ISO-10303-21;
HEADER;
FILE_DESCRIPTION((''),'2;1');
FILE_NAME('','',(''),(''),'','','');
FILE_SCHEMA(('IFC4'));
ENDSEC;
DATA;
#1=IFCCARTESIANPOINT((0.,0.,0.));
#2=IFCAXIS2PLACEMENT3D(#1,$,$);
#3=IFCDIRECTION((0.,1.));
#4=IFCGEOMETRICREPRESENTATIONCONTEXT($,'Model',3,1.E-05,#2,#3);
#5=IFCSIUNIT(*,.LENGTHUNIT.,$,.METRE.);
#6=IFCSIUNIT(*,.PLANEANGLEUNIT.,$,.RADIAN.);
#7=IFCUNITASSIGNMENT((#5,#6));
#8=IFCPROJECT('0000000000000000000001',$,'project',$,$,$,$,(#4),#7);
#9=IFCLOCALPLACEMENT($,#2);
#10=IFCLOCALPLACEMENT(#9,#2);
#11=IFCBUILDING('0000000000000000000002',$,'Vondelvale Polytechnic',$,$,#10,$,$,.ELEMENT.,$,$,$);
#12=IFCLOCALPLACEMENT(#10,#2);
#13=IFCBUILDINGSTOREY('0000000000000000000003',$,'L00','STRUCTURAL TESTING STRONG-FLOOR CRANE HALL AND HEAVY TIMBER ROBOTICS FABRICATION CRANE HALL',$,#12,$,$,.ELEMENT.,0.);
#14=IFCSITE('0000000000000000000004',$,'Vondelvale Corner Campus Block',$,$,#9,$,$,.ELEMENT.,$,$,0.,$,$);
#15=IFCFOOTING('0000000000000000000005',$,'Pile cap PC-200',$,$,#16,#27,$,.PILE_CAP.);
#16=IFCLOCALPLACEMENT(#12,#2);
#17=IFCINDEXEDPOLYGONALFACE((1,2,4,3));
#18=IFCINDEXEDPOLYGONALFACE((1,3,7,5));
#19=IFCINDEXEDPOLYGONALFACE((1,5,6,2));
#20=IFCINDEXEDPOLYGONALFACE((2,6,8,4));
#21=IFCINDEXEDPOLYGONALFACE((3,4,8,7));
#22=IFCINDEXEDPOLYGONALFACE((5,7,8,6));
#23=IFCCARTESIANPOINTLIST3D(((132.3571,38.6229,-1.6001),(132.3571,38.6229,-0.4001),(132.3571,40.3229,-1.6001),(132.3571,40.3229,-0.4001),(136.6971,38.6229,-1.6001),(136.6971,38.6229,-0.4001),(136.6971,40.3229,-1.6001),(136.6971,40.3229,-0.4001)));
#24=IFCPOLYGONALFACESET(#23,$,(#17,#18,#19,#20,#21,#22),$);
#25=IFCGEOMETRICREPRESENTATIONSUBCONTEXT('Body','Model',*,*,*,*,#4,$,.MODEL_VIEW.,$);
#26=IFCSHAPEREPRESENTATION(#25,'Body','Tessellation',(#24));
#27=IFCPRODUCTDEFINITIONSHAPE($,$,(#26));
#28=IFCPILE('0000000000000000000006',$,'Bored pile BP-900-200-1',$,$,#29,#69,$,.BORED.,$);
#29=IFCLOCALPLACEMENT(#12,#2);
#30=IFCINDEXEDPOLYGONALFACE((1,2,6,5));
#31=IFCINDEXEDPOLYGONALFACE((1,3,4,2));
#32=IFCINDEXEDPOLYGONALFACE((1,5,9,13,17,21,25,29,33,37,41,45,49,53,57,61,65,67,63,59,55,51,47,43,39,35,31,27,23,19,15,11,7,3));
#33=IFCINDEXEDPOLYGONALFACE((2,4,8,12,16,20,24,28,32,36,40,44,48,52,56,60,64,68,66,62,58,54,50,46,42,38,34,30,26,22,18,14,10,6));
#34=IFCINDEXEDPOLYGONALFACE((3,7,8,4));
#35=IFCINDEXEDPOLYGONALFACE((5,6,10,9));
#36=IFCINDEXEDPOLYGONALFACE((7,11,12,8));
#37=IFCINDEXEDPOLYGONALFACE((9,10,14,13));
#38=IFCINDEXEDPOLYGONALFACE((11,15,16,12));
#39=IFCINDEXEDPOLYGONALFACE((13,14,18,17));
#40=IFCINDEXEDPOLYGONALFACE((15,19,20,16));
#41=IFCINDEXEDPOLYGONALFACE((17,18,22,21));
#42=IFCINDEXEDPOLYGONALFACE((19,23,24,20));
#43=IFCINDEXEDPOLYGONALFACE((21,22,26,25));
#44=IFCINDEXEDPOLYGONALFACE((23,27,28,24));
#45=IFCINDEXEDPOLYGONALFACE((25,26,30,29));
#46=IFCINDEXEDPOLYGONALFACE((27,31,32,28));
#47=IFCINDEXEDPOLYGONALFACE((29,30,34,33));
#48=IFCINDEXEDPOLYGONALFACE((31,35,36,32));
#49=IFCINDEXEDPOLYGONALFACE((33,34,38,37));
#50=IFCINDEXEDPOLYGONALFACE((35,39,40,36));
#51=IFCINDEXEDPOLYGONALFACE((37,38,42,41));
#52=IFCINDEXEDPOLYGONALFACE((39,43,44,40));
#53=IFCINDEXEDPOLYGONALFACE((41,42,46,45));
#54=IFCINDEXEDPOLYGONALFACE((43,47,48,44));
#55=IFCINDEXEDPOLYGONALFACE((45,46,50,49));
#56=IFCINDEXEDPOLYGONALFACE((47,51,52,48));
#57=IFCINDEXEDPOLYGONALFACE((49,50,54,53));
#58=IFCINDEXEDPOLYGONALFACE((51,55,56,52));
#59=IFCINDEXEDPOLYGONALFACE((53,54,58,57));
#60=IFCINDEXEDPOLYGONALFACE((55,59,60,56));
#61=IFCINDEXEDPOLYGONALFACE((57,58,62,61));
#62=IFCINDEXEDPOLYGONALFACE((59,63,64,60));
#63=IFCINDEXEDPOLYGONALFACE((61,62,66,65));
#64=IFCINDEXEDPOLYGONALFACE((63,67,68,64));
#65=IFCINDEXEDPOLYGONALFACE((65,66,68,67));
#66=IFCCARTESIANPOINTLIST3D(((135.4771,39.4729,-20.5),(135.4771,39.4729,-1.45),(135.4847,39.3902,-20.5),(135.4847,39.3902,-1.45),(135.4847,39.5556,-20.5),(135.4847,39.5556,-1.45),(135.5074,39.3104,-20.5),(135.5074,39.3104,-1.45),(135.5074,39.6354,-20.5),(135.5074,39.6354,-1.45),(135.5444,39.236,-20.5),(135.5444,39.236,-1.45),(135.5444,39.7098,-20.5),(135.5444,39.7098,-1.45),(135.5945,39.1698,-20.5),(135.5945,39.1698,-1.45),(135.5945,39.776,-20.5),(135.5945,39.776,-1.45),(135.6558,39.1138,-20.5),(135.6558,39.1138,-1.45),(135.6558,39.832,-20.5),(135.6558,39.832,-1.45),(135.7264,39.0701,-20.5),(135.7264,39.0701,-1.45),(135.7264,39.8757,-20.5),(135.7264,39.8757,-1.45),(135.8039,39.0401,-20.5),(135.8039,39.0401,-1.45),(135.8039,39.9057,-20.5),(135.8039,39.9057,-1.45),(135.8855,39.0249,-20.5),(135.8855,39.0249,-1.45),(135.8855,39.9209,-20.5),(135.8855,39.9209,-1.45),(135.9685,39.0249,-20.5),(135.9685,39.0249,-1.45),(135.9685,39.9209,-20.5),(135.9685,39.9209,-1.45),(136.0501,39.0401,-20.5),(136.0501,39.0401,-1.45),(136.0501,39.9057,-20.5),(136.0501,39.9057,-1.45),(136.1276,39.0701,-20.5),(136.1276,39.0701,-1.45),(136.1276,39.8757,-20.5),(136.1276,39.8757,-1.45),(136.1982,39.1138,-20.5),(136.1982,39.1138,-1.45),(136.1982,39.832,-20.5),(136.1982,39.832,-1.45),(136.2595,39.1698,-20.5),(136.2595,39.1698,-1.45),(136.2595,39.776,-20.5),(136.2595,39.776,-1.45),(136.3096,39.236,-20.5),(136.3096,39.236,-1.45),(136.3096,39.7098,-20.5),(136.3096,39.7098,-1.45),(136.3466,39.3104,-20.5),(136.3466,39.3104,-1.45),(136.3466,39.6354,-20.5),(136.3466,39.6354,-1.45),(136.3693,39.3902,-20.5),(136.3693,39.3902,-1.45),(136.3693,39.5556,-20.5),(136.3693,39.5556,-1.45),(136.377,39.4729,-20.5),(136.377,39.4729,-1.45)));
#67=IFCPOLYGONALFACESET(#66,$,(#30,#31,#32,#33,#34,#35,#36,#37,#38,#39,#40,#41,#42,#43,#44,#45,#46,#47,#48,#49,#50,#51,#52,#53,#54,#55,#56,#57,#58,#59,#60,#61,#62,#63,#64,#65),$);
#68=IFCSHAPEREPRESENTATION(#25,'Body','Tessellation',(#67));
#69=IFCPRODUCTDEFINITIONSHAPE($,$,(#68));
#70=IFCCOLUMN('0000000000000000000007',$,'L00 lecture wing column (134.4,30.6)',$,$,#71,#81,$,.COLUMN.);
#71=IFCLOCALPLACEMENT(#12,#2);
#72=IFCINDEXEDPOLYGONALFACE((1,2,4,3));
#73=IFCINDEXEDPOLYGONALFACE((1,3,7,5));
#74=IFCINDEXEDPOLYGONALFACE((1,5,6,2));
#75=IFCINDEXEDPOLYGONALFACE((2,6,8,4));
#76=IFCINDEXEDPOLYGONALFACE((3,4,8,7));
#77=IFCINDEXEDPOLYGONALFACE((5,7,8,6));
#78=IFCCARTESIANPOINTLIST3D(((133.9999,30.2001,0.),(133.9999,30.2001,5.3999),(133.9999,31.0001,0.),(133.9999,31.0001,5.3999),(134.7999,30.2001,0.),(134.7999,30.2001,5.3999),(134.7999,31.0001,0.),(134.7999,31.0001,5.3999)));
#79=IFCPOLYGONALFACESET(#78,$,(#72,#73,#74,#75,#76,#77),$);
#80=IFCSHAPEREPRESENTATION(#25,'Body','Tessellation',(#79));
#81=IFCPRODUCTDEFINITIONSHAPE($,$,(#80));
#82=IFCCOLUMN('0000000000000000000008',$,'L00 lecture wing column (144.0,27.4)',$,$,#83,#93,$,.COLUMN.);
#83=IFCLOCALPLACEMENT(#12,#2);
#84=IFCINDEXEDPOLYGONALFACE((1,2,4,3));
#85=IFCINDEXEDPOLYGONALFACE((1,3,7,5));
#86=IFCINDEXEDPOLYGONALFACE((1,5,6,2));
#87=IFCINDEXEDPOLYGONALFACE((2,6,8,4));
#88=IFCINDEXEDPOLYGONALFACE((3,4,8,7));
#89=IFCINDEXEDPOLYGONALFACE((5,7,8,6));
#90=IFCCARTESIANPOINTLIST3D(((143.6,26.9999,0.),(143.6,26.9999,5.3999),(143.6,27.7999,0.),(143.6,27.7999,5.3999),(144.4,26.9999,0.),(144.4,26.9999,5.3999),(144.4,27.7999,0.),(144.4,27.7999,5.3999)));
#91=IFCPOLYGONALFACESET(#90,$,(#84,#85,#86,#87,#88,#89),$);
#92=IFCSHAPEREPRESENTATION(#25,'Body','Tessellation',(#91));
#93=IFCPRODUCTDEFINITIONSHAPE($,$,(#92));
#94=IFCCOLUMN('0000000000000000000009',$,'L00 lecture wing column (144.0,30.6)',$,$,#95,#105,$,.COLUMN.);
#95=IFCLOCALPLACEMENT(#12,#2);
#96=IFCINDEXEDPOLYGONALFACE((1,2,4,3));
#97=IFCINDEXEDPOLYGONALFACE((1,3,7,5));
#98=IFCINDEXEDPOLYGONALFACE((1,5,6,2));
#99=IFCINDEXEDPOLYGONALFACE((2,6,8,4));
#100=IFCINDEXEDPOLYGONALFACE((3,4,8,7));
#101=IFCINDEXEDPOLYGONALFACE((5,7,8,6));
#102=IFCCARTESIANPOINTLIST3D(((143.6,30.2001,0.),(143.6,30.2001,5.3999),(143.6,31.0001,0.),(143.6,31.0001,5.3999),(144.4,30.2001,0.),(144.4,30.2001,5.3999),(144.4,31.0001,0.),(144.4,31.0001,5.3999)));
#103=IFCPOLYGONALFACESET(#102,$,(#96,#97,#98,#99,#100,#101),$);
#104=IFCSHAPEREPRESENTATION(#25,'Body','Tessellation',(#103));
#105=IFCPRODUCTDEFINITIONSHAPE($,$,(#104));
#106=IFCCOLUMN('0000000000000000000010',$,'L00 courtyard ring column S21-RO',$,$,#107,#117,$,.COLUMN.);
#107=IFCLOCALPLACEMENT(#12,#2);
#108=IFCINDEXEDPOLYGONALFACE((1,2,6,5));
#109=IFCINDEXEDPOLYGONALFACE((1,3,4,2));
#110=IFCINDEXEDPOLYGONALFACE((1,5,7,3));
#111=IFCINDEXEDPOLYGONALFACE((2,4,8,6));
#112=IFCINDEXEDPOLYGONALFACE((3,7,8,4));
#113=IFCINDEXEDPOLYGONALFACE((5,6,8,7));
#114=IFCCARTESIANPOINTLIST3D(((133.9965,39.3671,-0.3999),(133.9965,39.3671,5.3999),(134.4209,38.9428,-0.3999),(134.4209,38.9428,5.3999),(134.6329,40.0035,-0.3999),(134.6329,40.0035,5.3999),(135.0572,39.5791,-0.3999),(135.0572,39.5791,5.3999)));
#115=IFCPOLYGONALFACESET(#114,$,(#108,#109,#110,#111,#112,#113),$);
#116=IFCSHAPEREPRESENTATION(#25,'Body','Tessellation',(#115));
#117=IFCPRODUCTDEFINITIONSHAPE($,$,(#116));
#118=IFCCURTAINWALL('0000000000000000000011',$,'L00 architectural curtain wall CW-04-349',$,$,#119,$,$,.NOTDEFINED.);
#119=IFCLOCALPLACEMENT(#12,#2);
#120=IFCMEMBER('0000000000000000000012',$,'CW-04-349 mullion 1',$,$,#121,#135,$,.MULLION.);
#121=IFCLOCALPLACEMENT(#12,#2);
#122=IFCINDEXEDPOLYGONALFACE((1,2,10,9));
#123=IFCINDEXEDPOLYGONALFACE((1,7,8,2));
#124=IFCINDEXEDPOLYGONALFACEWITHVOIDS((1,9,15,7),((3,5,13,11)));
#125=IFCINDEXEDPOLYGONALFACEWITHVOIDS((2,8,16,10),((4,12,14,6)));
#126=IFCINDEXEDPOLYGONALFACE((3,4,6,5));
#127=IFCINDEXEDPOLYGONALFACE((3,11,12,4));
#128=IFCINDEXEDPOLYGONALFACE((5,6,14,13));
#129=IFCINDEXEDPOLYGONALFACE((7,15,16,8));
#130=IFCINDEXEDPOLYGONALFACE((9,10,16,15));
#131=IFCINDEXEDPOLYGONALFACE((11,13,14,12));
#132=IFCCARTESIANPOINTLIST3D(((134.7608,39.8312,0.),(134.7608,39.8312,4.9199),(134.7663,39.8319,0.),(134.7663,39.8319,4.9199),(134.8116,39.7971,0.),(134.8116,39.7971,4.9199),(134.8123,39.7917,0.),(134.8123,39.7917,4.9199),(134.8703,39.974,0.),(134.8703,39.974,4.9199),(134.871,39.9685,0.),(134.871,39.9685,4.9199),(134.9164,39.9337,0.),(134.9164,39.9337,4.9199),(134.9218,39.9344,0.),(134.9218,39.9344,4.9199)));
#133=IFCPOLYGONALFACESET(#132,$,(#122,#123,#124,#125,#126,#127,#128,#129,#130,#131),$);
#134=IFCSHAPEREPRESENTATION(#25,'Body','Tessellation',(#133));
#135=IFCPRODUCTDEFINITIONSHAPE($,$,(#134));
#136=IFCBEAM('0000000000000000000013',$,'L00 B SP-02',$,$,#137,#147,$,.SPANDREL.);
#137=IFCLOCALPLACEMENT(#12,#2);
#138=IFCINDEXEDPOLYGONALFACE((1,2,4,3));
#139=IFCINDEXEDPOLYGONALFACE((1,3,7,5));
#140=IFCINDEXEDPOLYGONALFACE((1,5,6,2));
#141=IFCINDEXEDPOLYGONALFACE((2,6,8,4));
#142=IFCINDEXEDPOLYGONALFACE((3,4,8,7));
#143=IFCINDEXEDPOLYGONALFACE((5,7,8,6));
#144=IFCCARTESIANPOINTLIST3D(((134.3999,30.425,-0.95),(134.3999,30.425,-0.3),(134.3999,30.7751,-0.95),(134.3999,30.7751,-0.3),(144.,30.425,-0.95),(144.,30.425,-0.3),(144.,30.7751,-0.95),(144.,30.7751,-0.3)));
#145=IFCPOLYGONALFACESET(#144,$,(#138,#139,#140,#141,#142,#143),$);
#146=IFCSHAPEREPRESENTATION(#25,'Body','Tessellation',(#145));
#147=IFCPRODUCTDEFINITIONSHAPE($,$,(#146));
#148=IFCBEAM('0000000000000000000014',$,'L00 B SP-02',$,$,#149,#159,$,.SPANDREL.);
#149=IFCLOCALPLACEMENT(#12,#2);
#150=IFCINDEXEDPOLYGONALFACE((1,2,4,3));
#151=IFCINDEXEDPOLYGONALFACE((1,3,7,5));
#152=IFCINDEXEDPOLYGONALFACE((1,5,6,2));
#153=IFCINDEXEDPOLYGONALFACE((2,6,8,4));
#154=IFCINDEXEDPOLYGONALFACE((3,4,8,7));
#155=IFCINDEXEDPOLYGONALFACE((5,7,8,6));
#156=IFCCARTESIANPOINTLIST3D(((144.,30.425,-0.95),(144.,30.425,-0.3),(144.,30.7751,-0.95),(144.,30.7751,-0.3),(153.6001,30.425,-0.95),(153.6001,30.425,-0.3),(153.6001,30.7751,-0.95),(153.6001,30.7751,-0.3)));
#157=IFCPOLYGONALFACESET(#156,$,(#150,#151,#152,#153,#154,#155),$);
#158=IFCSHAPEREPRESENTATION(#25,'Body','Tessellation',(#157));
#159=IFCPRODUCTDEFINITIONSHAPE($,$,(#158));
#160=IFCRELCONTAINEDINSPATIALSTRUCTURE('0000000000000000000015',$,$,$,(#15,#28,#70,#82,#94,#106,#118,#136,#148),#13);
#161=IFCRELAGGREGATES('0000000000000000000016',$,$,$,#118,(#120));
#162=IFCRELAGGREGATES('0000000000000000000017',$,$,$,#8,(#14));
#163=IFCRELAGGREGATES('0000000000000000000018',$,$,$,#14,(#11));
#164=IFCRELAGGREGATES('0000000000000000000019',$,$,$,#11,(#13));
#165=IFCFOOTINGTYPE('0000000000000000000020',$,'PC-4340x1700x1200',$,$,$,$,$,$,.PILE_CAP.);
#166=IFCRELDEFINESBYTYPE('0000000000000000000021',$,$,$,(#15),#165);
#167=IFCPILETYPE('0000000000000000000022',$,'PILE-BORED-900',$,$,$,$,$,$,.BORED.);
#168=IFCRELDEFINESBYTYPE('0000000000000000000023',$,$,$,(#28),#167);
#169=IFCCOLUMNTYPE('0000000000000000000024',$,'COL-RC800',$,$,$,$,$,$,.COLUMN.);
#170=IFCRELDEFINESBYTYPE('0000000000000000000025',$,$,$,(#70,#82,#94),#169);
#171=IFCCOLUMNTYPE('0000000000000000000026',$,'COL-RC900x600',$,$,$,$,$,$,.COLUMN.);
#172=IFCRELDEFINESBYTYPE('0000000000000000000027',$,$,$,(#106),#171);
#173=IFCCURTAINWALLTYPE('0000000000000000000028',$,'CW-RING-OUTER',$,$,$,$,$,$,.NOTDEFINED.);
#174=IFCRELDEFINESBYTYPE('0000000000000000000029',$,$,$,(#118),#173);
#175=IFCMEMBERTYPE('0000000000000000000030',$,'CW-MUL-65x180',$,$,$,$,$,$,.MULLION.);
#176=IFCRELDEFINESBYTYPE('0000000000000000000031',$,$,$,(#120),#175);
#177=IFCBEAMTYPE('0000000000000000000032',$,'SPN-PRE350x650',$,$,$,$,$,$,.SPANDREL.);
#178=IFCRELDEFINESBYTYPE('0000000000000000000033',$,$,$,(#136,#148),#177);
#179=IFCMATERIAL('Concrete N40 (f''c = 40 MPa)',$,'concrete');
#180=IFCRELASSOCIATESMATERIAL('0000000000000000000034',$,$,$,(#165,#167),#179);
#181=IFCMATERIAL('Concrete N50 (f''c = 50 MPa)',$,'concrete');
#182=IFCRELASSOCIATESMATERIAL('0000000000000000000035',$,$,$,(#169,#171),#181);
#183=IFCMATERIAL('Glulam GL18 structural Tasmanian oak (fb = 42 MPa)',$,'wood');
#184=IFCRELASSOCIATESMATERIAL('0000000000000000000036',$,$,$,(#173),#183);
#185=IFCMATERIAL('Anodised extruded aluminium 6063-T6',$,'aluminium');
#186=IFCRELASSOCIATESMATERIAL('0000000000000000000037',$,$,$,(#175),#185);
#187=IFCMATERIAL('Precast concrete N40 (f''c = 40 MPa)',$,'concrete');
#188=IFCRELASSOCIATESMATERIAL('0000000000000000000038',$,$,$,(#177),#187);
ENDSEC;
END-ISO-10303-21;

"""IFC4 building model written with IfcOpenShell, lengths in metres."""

from ifc_helpers import new_model, si_unit, direction, frame, origin, origin_2d, place, context, subcontext, project, spatial, rectangle, hollow_rectangle, circle, extrude, material, material_profile, profile_set, type_object, element, aggregate, save


model = new_model("IFC4")

# Units and contexts
model_context = context("Model", 3, precision=1e-05, world=origin(), true_north=direction((0.0, 1.0)))
body_context = subcontext(model_context, "Body", "Model", "MODEL_VIEW")
ifc_project = project(units=[si_unit("LENGTHUNIT", "METRE"), si_unit("PLANEANGLEUNIT", "RADIAN")], contexts=[model_context])

# Site, building, storey
site_placement = place(None, origin())
site = spatial("IfcSite", under=ifc_project, at=site_placement, Name="Vondelvale Corner Campus Block", CompositionType="ELEMENT", RefElevation=0.0)
building_placement = place(site_placement, origin())
building = spatial("IfcBuilding", under=site, at=building_placement, Name="Vondelvale Polytechnic", CompositionType="ELEMENT")
storey_placement = place(building_placement, origin())
storey = spatial("IfcBuildingStorey", under=building, at=storey_placement, Name="L00", Description="STRUCTURAL TESTING STRONG-FLOOR CRANE HALL AND HEAVY TIMBER ROBOTICS FABRICATION CRANE HALL", CompositionType="ELEMENT", Elevation=0.0)

# Footing
ifc_material_1 = material(Name="Concrete N40 (f'c = 40 MPa)", Category="concrete")
footing_type = type_object("IfcFootingType", Name="PC-4340x1700x1200", PredefinedType="PILE_CAP", material=ifc_material_1)
footing_placement = place(storey_placement, frame((134.5271, 39.4729, -1.6001), z_axis=(0.0, 0.0, 1.0), x_axis=(1.0, 0.0, 0.0)))
element("IfcFooting", 1, at=footing_placement, inside=storey, type_object=footing_type, Name="Pile cap PC-200", PredefinedType="PILE_CAP", context=body_context, shape_type="SweptSolid", body=[
    extrude(rectangle(XDim=4.3401, YDim=1.7, at=origin_2d()), origin(), (0.0, 0.0, 1.0), 1.2),
])

# Pile
ifc_material_profile_1 = material_profile(ifc_material_1, circle(Radius=0.45, at=origin_2d()), Name="PILE-D900")
ifc_profile_set_1 = profile_set([ifc_material_profile_1], Name="Concrete N40 (f'c = 40 MPa)")
pile_type = type_object("IfcPileType", Name="PILE-BORED-900", PredefinedType="BORED", material=ifc_profile_set_1)
pile_placement = place(storey_placement, frame((135.927, 39.4729, -1.45), z_axis=(0.0, 0.0, -1.0), x_axis=(1.0, 0.0, 0.0)))
element("IfcPile", 2, at=pile_placement, inside=storey, type_object=pile_type, Name="Bored pile BP-900-200-1", PredefinedType="BORED", context=body_context, shape_type="SweptSolid", body=[
    extrude(circle(Radius=0.45, at=origin_2d()), origin(), (0.0, 0.0, 1.0), 19.05),
])

# Columns
ifc_material_2 = material(Name="Concrete N50 (f'c = 50 MPa)", Category="concrete")
ifc_material_profile_2 = material_profile(ifc_material_2, rectangle(XDim=0.8, YDim=0.8, at=origin_2d()), Name="RC-COL-800x800")
ifc_profile_set_2 = profile_set([ifc_material_profile_2], Name="Concrete N50 (f'c = 50 MPa)")
column_type_1 = type_object("IfcColumnType", Name="COL-RC800", PredefinedType="COLUMN", material=ifc_profile_set_2)
for number, where, z_axis, x_axis, name in (
    (3, (134.3999, 30.6001, 0.0), (0.0, 0.0, 1.0), (1.0, 0.0, 0.0), "L00 lecture wing column (134.4,30.6)"),
    (4, (144.0, 27.3999, 0.0), (0.0, 0.0, 1.0), (1.0, 0.0, 0.0), "L00 lecture wing column (144.0,27.4)"),
    (5, (144.0, 30.6001, 0.0), (0.0, 0.0, 1.0), (1.0, 0.0, 0.0), "L00 lecture wing column (144.0,30.6)"),
):
    element("IfcColumn", number, at=place(storey_placement, frame(where, z_axis=z_axis, x_axis=x_axis)), inside=storey, type_object=column_type_1, Name=name, PredefinedType="COLUMN", context=body_context, shape_type="SweptSolid", body=[
        extrude(rectangle(XDim=0.8, YDim=0.8, at=origin_2d()), origin(), (0.0, 0.0, 1.0), 5.3999),
    ])
ifc_material_profile_3 = material_profile(ifc_material_2, rectangle(XDim=0.6001, YDim=0.8999, at=origin_2d()), Name="RC-COL-900x600")
ifc_profile_set_3 = profile_set([ifc_material_profile_3], Name="Concrete N50 (f'c = 50 MPa)")
column_type_2 = type_object("IfcColumnType", Name="COL-RC900x600", PredefinedType="COLUMN", material=ifc_profile_set_3)
column_placement = place(storey_placement, frame((134.5269, 39.4731, -0.3999), z_axis=(0.0, 0.0, 1.0), x_axis=(-0.707107, 0.707107, 0.0)))
element("IfcColumn", 6, at=column_placement, inside=storey, type_object=column_type_2, Name="L00 courtyard ring column S21-RO", PredefinedType="COLUMN", context=body_context, shape_type="SweptSolid", body=[
    extrude(rectangle(XDim=0.6001, YDim=0.8999, at=origin_2d()), origin(), (0.0, 0.0, 1.0), 5.7998),
])

# Curtain wall, member
ifc_material_3 = material(Name="Glulam GL18 structural Tasmanian oak (fb = 42 MPa)", Category="wood")
curtain_wall_type = type_object("IfcCurtainWallType", Name="CW-RING-OUTER", PredefinedType="NOTDEFINED", material=ifc_material_3)
curtain_wall_placement = place(storey_placement, origin())
curtain_wall = element("IfcCurtainWall", 7, at=curtain_wall_placement, inside=storey, type_object=curtain_wall_type, Name="L00 architectural curtain wall CW-04-349", PredefinedType="NOTDEFINED")
ifc_material_4 = material(Name="Anodised extruded aluminium 6063-T6", Category="aluminium")
ifc_material_profile_4 = material_profile(ifc_material_4, hollow_rectangle(XDim=0.0649, YDim=0.1799, WallThickness=0.0039, at=origin_2d()), Name="CW-MUL-180x65")
ifc_profile_set_4 = profile_set([ifc_material_profile_4], Name="Anodised extruded aluminium 6063-T6")
member_type = type_object("IfcMemberType", Name="CW-MUL-65x180", PredefinedType="MULLION", material=ifc_profile_set_4)
member_placement = place(storey_placement, frame((134.8413, 39.8828, 0.0), z_axis=(0.0, 0.0, 1.0), x_axis=(-0.793352, 0.608764, 0.0)))
member = element("IfcMember", 8, at=member_placement, type_object=member_type, Name="CW-04-349 mullion 1", PredefinedType="MULLION", context=body_context, shape_type="SweptSolid", body=[
    extrude(hollow_rectangle(XDim=0.0649, YDim=0.1799, WallThickness=0.0039, at=origin_2d()), origin(), (0.0, 0.0, 1.0), 4.9199),
])
aggregate(curtain_wall, [member])

# Beams
ifc_material_5 = material(Name="Precast concrete N40 (f'c = 40 MPa)", Category="concrete")
ifc_material_profile_5 = material_profile(ifc_material_5, rectangle(XDim=0.3501, YDim=0.6499, at=origin_2d()), Name="RC-SPN-350x650")
ifc_profile_set_5 = profile_set([ifc_material_profile_5], Name="Precast concrete N40 (f'c = 40 MPa)")
beam_type = type_object("IfcBeamType", Name="SPN-PRE350x650", PredefinedType="SPANDREL", material=ifc_profile_set_5)
for number, where, z_axis, x_axis, name in (
    (9, (134.3999, 30.6001, -0.625), (1.0, 0.0, 0.0), (0.0, 1.0, 0.0), "L00 B SP-02"),
    (10, (144.0, 30.6001, -0.625), (1.0, 0.0, 0.0), (0.0, 1.0, 0.0), "L00 B SP-02"),
):
    element("IfcBeam", number, at=place(storey_placement, frame(where, z_axis=z_axis, x_axis=x_axis)), inside=storey, type_object=beam_type, Name=name, PredefinedType="SPANDREL", context=body_context, shape_type="SweptSolid", body=[
        extrude(rectangle(XDim=0.3501, YDim=0.6499, at=origin_2d()), origin(), (0.0, 0.0, 1.0), 9.6001),
    ])

save(model, "model.ifc")
